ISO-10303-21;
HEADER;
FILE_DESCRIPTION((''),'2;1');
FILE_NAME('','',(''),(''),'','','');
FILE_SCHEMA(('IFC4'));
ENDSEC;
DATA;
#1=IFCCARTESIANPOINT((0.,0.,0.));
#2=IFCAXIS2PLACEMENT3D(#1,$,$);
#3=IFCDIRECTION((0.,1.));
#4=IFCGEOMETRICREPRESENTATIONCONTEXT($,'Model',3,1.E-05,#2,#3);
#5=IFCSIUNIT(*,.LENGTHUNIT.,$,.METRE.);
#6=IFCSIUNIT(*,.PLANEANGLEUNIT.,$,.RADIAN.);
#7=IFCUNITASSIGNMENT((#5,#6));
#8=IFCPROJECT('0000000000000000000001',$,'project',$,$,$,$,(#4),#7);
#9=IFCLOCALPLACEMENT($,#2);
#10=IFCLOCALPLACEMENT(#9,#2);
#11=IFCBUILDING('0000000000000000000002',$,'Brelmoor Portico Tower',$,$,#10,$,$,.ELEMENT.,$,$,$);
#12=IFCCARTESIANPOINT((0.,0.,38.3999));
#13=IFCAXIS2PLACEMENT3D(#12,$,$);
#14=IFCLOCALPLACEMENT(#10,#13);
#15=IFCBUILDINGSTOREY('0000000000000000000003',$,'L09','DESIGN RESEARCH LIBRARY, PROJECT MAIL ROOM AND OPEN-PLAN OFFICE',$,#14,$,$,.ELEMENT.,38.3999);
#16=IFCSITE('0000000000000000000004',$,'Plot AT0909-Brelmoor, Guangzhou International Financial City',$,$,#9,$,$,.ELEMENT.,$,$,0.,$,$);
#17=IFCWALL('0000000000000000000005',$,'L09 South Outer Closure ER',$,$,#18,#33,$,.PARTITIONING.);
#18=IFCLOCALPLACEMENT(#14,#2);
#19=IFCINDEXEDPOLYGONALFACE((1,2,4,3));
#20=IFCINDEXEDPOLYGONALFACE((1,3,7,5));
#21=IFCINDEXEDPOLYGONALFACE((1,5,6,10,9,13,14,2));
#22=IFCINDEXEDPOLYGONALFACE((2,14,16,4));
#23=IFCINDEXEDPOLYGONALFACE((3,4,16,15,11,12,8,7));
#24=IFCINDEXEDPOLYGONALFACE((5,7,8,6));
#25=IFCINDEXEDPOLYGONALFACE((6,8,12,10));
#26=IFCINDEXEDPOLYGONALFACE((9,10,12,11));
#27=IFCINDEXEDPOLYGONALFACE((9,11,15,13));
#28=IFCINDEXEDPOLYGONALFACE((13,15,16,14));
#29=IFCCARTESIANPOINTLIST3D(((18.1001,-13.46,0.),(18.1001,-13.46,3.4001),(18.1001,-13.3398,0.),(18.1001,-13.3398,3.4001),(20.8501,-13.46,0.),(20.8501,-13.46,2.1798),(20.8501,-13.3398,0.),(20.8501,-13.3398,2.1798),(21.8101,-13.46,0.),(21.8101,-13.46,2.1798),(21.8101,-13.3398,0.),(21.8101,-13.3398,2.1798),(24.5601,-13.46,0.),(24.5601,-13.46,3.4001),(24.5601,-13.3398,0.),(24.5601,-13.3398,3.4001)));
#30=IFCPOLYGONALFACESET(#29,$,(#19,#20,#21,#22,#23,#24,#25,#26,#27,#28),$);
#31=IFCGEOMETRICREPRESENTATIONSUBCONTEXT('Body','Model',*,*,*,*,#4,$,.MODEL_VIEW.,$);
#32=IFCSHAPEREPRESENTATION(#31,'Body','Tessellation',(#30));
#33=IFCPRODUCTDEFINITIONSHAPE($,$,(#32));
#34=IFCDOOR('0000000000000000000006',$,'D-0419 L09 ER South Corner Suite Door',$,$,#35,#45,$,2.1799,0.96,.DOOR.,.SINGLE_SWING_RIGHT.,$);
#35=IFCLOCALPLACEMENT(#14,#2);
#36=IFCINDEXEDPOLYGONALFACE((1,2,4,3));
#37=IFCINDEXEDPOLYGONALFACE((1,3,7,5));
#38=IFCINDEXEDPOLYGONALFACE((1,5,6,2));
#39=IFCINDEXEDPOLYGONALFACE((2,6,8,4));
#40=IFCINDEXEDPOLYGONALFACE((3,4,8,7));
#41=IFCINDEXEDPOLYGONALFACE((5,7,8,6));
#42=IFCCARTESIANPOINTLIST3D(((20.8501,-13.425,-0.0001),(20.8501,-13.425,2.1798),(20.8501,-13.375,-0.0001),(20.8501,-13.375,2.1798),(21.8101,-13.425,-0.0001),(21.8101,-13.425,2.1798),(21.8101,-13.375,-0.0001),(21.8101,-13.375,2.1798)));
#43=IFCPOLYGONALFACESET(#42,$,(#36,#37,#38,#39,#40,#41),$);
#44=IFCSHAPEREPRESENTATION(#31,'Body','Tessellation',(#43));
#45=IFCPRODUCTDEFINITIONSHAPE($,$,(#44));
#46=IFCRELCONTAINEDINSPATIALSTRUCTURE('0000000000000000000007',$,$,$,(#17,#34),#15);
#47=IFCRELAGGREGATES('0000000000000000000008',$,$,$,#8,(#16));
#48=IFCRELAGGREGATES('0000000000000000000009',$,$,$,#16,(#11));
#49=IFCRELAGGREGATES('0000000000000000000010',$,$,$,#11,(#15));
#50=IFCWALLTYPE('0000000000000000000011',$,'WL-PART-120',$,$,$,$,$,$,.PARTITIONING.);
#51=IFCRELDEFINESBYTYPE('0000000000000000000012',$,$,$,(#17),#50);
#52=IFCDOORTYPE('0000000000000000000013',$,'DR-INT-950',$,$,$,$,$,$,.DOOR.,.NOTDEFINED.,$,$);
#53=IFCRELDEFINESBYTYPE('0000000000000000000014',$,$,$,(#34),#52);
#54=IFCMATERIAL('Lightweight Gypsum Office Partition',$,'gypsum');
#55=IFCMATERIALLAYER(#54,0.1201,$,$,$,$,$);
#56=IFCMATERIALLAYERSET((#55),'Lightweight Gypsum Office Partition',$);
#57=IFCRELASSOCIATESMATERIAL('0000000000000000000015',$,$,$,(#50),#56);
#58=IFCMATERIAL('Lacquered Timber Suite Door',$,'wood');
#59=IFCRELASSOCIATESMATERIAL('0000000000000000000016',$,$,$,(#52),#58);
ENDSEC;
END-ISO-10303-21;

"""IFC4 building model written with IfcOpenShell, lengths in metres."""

from ifc_helpers import new_model, si_unit, direction, frame, frame_2d, origin, place, context, subcontext, project, spatial, rectangle, extrude, material, layer, layer_set, type_object, element, fill, save


model = new_model("IFC4")

# Units and contexts
model_context = context("Model", 3, precision=1e-05, world=origin(), true_north=direction((0.0, 1.0)))
body_context = subcontext(model_context, "Body", "Model", "MODEL_VIEW")
ifc_project = project(units=[si_unit("LENGTHUNIT", "METRE"), si_unit("PLANEANGLEUNIT", "RADIAN")], contexts=[model_context])

# Site, building, storey
site_placement = place(None, origin())
site = spatial("IfcSite", under=ifc_project, at=site_placement, Name="Plot AT0909-Brelmoor, Guangzhou International Financial City", CompositionType="ELEMENT", RefElevation=0.0)
building_placement = place(site_placement, origin())
building = spatial("IfcBuilding", under=site, at=building_placement, Name="Brelmoor Portico Tower", CompositionType="ELEMENT")
storey_placement = place(building_placement, frame((0.0, 0.0, 38.3999)))
storey = spatial("IfcBuildingStorey", under=building, at=storey_placement, Name="L09", Description="DESIGN RESEARCH LIBRARY, PROJECT MAIL ROOM AND OPEN-PLAN OFFICE", CompositionType="ELEMENT", Elevation=38.3999)

# Wall, opening, door
ifc_material_1 = material(Name="Lightweight Gypsum Office Partition", Category="gypsum")
ifc_layer_1 = layer(ifc_material_1, 0.1201)
ifc_layer_set_1 = layer_set([ifc_layer_1], Name="Lightweight Gypsum Office Partition")
wall_type_1 = type_object("IfcWallType", Name="WL-PART-120", PredefinedType="PARTITIONING", material=ifc_layer_set_1)
wall_placement = place(storey_placement, frame((18.1001, -13.3999, 0.0), z_axis=(0.0, 0.0, 1.0), x_axis=(1.0, 0.0, 0.0)))
wall = element("IfcWall", 1, at=wall_placement, inside=storey, type_object=wall_type_1, Name="L09 South Outer Closure ER", PredefinedType="PARTITIONING", context=body_context, shape_type="SweptSolid", body=[
    extrude(rectangle(XDim=6.46, YDim=0.1201, at=frame_2d((3.23, 0.0))), origin(), (0.0, 0.0, 1.0), 3.4001),
])
opening_placement = place(wall_placement, frame((2.75, 0.0, 0.0)))
opening = element("IfcOpeningElement", 2, at=opening_placement, cuts=wall, PredefinedType="OPENING", context=body_context, shape_type="SweptSolid", body=[
    extrude(rectangle(XDim=0.96, YDim=2.1799, at=frame_2d((0.48, 1.0898))), frame((0.0, 0.0701, 0.0), z_axis=(0.0, -1.0, 0.0), x_axis=(1.0, 0.0, 0.0)), (0.0, 0.0, 1.0), 0.1401),
])
ifc_material_2 = material(Name="Lacquered Timber Suite Door", Category="wood")
door_type = type_object("IfcDoorType", Name="DR-INT-950", OperationType="NOTDEFINED", PredefinedType="DOOR", material=ifc_material_2)
door_placement = place(opening_placement, origin())
door = element("IfcDoor", 3, at=door_placement, inside=storey, type_object=door_type, Name="D-0419 L09 ER South Corner Suite Door", OperationType="SINGLE_SWING_RIGHT", OverallHeight=2.1799, OverallWidth=0.96, PredefinedType="DOOR", context=body_context, shape_type="SweptSolid", body=[
    extrude(rectangle(XDim=0.96, YDim=2.1799, at=frame_2d((0.48, 1.0898))), frame((0.0, 0.0249, 0.0), z_axis=(0.0, -1.0, 0.0), x_axis=(1.0, 0.0, 0.0)), (0.0, 0.0, 1.0), 0.05),
])
fill(opening, door)

save(model, "model.ifc")
